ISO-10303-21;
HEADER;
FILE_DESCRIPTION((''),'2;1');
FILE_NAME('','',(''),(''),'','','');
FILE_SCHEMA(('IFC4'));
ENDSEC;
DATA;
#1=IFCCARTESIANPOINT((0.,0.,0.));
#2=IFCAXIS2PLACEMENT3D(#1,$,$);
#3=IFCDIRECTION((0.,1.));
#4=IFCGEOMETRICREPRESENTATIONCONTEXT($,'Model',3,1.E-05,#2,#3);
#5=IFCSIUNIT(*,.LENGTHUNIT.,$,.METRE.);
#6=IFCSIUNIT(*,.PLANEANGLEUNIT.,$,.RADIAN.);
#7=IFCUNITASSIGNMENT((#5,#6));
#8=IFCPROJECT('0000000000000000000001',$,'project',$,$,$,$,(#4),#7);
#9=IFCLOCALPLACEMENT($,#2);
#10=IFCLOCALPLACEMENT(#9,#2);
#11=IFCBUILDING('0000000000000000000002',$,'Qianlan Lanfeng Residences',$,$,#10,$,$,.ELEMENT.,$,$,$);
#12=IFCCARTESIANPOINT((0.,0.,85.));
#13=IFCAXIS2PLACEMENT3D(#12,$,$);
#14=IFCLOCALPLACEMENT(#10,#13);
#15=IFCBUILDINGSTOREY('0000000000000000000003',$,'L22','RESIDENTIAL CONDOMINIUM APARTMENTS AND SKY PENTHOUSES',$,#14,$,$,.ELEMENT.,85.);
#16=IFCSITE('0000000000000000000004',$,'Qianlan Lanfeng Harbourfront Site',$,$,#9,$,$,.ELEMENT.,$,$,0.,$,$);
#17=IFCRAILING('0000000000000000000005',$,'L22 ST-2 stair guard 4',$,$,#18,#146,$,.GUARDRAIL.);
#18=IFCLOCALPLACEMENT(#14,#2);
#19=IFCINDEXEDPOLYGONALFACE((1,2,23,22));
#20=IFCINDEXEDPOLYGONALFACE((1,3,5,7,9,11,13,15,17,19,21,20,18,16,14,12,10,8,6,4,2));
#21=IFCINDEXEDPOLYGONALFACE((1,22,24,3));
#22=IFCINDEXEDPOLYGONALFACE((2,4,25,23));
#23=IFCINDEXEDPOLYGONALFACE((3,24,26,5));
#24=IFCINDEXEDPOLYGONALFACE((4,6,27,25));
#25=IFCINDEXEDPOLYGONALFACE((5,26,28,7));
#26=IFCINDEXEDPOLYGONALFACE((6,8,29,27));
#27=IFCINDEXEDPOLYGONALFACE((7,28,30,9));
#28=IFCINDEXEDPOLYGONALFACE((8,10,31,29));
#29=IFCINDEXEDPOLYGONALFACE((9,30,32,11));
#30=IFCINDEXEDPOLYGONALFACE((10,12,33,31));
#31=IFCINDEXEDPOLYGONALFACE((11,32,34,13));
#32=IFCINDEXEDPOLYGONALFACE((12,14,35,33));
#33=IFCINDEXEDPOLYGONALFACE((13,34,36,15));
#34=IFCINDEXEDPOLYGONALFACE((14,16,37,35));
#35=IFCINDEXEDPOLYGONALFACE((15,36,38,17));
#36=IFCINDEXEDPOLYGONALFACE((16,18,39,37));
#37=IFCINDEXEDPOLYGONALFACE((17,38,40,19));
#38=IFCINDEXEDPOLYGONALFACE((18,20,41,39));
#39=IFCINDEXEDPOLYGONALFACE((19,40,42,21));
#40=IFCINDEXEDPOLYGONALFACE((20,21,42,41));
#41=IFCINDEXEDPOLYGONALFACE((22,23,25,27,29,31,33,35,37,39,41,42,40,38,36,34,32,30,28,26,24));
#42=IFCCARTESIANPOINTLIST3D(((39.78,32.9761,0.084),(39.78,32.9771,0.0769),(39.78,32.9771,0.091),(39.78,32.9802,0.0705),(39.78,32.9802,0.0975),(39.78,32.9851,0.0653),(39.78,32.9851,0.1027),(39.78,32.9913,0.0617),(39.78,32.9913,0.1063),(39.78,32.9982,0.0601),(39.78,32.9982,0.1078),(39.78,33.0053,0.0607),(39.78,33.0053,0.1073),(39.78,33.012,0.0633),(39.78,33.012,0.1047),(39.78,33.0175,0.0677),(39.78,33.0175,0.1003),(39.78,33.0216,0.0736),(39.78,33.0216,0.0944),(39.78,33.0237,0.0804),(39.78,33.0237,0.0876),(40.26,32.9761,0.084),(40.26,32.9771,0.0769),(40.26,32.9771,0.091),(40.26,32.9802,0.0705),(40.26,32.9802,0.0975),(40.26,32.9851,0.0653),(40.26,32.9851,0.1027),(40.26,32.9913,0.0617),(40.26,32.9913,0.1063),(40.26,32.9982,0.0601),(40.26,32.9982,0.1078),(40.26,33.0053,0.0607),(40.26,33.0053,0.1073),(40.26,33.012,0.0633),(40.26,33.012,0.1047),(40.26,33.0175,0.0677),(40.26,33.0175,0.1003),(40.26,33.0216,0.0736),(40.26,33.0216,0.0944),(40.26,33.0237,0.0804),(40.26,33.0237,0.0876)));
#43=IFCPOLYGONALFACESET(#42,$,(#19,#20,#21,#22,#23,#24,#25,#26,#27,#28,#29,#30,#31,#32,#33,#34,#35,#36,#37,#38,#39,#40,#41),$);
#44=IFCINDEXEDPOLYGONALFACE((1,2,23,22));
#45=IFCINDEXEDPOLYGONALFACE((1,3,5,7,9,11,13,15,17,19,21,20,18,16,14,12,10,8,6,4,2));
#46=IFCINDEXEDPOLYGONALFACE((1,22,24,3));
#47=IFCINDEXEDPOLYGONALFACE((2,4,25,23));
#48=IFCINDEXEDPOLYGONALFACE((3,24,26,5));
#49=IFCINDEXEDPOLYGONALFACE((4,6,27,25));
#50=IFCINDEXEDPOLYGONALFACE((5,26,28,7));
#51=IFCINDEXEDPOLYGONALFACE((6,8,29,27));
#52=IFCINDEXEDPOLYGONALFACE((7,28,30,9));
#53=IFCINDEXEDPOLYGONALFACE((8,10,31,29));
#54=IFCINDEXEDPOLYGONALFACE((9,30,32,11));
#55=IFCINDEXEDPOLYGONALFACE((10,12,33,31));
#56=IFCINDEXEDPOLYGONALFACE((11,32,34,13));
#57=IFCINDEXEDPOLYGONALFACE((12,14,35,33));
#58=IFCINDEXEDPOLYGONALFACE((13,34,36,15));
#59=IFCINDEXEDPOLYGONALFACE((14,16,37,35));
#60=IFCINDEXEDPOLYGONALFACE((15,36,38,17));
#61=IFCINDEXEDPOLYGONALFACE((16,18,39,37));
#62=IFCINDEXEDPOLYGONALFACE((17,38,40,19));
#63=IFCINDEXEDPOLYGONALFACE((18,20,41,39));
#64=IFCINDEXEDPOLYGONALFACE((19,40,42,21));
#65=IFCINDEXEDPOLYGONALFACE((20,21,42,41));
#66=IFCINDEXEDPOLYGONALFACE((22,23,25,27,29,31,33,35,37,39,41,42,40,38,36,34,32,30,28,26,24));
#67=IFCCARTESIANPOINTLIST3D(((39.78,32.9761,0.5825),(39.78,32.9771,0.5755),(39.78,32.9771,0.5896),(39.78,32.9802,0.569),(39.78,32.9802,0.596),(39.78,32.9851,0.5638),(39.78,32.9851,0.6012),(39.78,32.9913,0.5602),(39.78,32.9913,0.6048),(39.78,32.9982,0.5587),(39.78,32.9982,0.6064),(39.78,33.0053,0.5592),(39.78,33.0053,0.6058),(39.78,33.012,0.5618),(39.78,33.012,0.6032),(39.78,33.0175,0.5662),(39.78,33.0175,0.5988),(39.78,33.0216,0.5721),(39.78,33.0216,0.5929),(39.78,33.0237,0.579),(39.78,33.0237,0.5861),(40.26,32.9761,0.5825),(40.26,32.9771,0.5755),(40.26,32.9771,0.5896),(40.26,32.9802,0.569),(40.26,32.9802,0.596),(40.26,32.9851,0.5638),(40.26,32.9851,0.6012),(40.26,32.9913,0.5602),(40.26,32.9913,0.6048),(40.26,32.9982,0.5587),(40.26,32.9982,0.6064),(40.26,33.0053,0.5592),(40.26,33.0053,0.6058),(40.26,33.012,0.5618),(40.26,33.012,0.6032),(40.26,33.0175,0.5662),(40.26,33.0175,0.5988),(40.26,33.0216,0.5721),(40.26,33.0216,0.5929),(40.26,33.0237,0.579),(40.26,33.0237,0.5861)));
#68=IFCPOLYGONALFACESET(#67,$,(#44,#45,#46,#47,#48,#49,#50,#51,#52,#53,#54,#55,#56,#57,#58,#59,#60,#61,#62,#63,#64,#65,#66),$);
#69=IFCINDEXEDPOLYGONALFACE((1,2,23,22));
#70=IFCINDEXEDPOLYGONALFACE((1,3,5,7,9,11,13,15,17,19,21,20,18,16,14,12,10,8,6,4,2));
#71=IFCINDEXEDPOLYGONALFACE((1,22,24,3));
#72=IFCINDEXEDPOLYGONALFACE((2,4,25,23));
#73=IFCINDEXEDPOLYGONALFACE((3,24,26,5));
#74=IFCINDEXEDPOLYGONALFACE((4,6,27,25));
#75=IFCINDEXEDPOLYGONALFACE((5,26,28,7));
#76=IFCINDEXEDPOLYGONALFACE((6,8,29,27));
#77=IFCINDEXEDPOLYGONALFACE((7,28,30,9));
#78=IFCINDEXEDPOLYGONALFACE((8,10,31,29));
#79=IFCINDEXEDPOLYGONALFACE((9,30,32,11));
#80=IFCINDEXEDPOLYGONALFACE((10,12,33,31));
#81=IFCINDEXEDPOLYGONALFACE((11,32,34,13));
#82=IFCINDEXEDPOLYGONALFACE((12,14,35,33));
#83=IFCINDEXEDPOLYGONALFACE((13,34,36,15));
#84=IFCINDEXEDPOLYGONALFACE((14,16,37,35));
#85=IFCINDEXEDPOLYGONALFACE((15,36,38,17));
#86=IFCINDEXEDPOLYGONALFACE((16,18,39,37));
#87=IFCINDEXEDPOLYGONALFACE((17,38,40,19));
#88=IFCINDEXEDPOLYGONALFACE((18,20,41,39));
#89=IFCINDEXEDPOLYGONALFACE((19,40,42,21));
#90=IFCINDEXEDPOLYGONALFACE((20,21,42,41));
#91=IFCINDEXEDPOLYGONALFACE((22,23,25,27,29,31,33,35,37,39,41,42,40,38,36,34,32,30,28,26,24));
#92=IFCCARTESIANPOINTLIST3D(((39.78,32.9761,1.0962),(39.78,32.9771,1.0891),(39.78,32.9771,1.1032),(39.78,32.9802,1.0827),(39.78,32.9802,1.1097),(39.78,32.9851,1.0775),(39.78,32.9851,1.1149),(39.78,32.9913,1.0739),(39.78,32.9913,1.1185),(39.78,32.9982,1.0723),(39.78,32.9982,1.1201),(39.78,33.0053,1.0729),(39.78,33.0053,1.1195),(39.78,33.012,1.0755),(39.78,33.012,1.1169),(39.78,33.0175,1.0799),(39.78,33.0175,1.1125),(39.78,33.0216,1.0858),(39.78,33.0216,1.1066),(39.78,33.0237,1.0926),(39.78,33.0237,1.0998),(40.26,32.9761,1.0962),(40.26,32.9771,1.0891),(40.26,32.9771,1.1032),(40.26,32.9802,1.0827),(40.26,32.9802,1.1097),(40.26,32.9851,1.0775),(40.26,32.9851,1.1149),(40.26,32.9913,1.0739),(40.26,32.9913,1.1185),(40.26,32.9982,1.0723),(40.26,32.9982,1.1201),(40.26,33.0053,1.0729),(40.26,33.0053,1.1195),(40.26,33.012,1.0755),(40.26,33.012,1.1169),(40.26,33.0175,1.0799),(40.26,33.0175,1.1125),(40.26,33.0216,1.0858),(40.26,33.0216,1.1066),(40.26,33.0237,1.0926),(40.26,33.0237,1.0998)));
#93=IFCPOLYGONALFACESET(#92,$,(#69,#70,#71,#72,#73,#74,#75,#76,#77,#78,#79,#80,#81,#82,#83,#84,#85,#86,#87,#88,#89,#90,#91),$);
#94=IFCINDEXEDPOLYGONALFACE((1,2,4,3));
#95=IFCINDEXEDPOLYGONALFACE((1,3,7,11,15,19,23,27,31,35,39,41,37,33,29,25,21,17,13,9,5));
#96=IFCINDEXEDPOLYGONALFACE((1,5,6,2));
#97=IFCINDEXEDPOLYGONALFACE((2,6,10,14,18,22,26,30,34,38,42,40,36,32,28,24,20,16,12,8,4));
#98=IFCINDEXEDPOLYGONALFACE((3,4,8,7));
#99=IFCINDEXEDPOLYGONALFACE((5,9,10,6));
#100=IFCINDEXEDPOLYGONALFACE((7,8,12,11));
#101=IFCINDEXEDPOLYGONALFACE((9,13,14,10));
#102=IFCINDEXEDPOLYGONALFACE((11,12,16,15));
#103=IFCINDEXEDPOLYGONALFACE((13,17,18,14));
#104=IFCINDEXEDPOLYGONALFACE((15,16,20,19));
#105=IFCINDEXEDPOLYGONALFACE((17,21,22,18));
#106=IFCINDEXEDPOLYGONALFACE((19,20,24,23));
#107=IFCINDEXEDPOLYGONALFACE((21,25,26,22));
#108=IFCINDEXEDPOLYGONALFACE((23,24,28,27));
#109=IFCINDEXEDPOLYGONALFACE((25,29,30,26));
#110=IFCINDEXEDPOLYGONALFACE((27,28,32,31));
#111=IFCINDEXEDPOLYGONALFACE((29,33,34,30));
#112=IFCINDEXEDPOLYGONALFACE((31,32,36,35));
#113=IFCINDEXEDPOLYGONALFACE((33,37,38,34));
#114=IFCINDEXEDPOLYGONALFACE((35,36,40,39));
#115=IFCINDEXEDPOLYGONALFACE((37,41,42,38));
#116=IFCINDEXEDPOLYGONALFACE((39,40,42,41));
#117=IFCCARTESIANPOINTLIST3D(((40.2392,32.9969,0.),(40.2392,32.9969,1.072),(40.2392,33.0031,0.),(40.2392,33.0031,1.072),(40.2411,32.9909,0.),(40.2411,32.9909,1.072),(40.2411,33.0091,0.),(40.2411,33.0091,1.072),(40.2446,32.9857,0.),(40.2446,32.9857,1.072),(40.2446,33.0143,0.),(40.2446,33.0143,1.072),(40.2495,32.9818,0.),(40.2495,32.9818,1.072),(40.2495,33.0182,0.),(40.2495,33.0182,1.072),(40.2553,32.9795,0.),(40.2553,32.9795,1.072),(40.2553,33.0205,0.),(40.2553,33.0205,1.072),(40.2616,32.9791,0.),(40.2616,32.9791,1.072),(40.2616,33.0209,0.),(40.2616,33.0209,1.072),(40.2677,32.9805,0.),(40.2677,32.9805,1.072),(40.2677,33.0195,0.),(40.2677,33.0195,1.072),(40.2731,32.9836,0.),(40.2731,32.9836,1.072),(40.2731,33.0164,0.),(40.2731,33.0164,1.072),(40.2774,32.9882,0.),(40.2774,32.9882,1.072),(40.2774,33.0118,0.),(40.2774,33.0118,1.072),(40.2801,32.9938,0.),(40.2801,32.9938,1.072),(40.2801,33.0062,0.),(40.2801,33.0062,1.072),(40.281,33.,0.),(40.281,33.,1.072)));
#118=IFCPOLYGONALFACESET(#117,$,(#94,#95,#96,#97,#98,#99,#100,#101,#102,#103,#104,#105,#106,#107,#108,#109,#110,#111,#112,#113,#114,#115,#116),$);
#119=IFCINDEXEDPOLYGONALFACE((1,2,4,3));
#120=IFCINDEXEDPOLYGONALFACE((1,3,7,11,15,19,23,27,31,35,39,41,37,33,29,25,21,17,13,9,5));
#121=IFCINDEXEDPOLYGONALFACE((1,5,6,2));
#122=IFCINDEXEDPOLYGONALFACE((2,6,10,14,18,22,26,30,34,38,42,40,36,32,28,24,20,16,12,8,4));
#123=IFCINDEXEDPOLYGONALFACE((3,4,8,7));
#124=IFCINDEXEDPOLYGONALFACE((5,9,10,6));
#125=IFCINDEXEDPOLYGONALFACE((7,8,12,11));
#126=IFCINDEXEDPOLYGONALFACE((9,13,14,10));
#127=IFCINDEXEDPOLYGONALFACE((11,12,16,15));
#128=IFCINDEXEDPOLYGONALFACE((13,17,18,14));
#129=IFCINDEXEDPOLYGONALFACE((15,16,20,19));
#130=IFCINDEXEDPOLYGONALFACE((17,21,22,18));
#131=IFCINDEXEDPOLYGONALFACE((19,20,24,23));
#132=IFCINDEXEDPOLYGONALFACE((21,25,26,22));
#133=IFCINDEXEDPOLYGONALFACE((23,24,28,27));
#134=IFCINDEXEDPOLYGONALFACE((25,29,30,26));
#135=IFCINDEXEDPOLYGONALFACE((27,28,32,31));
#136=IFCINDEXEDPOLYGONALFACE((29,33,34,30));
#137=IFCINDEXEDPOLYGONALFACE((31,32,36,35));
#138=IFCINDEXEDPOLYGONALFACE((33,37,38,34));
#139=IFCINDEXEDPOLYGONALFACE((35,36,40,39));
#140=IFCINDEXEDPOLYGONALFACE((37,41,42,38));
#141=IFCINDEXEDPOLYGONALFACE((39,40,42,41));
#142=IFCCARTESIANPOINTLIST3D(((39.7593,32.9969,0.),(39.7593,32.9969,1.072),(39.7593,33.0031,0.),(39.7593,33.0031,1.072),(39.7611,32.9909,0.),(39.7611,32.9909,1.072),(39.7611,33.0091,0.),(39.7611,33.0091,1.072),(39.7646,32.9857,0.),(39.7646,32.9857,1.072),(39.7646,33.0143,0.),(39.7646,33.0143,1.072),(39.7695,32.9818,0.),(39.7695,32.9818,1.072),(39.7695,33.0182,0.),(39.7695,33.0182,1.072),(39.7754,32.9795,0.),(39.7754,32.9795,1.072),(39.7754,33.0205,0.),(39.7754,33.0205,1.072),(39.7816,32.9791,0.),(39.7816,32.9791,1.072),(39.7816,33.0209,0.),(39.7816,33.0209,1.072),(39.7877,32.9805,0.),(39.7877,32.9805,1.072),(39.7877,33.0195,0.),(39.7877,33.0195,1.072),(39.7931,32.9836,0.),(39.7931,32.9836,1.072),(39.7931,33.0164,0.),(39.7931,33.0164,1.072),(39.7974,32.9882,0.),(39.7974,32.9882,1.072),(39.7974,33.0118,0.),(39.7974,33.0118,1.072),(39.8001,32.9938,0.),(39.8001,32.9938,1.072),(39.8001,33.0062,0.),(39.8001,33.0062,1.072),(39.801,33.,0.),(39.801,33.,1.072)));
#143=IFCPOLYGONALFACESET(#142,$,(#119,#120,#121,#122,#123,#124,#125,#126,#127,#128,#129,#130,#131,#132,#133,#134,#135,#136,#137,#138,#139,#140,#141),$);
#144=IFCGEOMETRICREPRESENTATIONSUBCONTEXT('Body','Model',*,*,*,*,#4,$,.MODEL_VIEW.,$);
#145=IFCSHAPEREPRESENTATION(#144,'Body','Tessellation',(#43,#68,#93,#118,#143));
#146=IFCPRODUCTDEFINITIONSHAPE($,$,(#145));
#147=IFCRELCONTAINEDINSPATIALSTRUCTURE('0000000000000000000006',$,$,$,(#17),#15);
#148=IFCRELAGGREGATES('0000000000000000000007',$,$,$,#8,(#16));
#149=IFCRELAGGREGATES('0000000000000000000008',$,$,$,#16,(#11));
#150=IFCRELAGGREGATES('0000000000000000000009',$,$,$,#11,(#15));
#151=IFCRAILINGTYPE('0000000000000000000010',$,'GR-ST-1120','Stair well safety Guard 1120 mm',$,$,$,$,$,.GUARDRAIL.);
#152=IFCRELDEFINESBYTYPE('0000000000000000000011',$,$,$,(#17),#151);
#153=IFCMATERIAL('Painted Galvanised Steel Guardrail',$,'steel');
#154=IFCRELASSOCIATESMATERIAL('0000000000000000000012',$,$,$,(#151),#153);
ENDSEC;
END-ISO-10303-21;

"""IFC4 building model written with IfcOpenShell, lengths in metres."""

from ifc_helpers import new_model, si_unit, direction, frame, origin, origin_2d, place, context, subcontext, project, spatial, circle, extrude, material, type_object, element, save


model = new_model("IFC4")

# Units and contexts
model_context = context("Model", 3, precision=1e-05, world=origin(), true_north=direction((0.0, 1.0)))
body_context = subcontext(model_context, "Body", "Model", "MODEL_VIEW")
ifc_project = project(units=[si_unit("LENGTHUNIT", "METRE"), si_unit("PLANEANGLEUNIT", "RADIAN")], contexts=[model_context])

# Site, building, storey
site_placement = place(None, origin())
site = spatial("IfcSite", under=ifc_project, at=site_placement, Name="Qianlan Lanfeng Harbourfront Site", CompositionType="ELEMENT", RefElevation=0.0)
building_placement = place(site_placement, origin())
building = spatial("IfcBuilding", under=site, at=building_placement, Name="Qianlan Lanfeng Residences", CompositionType="ELEMENT")
storey_placement = place(building_placement, frame((0.0, 0.0, 85.0)))
storey = spatial("IfcBuildingStorey", under=building, at=storey_placement, Name="L22", Description="RESIDENTIAL CONDOMINIUM APARTMENTS AND SKY PENTHOUSES", CompositionType="ELEMENT", Elevation=85.0)

# Railing
ifc_material_1 = material(Name="Painted Galvanised Steel Guardrail", Category="steel")
railing_type_1 = type_object("IfcRailingType", Name="GR-ST-1120", Description="Stair well safety Guard 1120 mm", PredefinedType="GUARDRAIL", material=ifc_material_1)
railing_1_placement = place(storey_placement, frame((40.26, 33.0, 0.0)))
element("IfcRailing", 1, at=railing_1_placement, inside=storey, type_object=railing_type_1, Name="L22 ST-2 stair guard 4", PredefinedType="GUARDRAIL", context=body_context, shape_type="SweptSolid", body=[
    extrude(circle(Radius=0.0239, at=origin_2d()), frame((0.0, 0.0, 0.084), z_axis=(-1.0, 0.0, 0.0), x_axis=(0.0, -1.0, 0.0)), (0.0, 0.0, 1.0), 0.48),
    extrude(circle(Radius=0.0239, at=origin_2d()), frame((0.0, 0.0, 0.5825), z_axis=(-1.0, 0.0, 0.0), x_axis=(0.0, -1.0, 0.0)), (0.0, 0.0, 1.0), 0.48),
    extrude(circle(Radius=0.0239, at=origin_2d()), frame((0.0, 0.0, 1.0962), z_axis=(-1.0, 0.0, 0.0), x_axis=(0.0, -1.0, 0.0)), (0.0, 0.0, 1.0), 0.48),
    extrude(circle(Radius=0.021, at=origin_2d()), origin(), (0.0, 0.0, 1.0), 1.072),
    extrude(circle(Radius=0.021, at=origin_2d()), frame((-0.48, 0.0, 0.0)), (0.0, 0.0, 1.0), 1.072),
])

save(model, "model.ifc")
